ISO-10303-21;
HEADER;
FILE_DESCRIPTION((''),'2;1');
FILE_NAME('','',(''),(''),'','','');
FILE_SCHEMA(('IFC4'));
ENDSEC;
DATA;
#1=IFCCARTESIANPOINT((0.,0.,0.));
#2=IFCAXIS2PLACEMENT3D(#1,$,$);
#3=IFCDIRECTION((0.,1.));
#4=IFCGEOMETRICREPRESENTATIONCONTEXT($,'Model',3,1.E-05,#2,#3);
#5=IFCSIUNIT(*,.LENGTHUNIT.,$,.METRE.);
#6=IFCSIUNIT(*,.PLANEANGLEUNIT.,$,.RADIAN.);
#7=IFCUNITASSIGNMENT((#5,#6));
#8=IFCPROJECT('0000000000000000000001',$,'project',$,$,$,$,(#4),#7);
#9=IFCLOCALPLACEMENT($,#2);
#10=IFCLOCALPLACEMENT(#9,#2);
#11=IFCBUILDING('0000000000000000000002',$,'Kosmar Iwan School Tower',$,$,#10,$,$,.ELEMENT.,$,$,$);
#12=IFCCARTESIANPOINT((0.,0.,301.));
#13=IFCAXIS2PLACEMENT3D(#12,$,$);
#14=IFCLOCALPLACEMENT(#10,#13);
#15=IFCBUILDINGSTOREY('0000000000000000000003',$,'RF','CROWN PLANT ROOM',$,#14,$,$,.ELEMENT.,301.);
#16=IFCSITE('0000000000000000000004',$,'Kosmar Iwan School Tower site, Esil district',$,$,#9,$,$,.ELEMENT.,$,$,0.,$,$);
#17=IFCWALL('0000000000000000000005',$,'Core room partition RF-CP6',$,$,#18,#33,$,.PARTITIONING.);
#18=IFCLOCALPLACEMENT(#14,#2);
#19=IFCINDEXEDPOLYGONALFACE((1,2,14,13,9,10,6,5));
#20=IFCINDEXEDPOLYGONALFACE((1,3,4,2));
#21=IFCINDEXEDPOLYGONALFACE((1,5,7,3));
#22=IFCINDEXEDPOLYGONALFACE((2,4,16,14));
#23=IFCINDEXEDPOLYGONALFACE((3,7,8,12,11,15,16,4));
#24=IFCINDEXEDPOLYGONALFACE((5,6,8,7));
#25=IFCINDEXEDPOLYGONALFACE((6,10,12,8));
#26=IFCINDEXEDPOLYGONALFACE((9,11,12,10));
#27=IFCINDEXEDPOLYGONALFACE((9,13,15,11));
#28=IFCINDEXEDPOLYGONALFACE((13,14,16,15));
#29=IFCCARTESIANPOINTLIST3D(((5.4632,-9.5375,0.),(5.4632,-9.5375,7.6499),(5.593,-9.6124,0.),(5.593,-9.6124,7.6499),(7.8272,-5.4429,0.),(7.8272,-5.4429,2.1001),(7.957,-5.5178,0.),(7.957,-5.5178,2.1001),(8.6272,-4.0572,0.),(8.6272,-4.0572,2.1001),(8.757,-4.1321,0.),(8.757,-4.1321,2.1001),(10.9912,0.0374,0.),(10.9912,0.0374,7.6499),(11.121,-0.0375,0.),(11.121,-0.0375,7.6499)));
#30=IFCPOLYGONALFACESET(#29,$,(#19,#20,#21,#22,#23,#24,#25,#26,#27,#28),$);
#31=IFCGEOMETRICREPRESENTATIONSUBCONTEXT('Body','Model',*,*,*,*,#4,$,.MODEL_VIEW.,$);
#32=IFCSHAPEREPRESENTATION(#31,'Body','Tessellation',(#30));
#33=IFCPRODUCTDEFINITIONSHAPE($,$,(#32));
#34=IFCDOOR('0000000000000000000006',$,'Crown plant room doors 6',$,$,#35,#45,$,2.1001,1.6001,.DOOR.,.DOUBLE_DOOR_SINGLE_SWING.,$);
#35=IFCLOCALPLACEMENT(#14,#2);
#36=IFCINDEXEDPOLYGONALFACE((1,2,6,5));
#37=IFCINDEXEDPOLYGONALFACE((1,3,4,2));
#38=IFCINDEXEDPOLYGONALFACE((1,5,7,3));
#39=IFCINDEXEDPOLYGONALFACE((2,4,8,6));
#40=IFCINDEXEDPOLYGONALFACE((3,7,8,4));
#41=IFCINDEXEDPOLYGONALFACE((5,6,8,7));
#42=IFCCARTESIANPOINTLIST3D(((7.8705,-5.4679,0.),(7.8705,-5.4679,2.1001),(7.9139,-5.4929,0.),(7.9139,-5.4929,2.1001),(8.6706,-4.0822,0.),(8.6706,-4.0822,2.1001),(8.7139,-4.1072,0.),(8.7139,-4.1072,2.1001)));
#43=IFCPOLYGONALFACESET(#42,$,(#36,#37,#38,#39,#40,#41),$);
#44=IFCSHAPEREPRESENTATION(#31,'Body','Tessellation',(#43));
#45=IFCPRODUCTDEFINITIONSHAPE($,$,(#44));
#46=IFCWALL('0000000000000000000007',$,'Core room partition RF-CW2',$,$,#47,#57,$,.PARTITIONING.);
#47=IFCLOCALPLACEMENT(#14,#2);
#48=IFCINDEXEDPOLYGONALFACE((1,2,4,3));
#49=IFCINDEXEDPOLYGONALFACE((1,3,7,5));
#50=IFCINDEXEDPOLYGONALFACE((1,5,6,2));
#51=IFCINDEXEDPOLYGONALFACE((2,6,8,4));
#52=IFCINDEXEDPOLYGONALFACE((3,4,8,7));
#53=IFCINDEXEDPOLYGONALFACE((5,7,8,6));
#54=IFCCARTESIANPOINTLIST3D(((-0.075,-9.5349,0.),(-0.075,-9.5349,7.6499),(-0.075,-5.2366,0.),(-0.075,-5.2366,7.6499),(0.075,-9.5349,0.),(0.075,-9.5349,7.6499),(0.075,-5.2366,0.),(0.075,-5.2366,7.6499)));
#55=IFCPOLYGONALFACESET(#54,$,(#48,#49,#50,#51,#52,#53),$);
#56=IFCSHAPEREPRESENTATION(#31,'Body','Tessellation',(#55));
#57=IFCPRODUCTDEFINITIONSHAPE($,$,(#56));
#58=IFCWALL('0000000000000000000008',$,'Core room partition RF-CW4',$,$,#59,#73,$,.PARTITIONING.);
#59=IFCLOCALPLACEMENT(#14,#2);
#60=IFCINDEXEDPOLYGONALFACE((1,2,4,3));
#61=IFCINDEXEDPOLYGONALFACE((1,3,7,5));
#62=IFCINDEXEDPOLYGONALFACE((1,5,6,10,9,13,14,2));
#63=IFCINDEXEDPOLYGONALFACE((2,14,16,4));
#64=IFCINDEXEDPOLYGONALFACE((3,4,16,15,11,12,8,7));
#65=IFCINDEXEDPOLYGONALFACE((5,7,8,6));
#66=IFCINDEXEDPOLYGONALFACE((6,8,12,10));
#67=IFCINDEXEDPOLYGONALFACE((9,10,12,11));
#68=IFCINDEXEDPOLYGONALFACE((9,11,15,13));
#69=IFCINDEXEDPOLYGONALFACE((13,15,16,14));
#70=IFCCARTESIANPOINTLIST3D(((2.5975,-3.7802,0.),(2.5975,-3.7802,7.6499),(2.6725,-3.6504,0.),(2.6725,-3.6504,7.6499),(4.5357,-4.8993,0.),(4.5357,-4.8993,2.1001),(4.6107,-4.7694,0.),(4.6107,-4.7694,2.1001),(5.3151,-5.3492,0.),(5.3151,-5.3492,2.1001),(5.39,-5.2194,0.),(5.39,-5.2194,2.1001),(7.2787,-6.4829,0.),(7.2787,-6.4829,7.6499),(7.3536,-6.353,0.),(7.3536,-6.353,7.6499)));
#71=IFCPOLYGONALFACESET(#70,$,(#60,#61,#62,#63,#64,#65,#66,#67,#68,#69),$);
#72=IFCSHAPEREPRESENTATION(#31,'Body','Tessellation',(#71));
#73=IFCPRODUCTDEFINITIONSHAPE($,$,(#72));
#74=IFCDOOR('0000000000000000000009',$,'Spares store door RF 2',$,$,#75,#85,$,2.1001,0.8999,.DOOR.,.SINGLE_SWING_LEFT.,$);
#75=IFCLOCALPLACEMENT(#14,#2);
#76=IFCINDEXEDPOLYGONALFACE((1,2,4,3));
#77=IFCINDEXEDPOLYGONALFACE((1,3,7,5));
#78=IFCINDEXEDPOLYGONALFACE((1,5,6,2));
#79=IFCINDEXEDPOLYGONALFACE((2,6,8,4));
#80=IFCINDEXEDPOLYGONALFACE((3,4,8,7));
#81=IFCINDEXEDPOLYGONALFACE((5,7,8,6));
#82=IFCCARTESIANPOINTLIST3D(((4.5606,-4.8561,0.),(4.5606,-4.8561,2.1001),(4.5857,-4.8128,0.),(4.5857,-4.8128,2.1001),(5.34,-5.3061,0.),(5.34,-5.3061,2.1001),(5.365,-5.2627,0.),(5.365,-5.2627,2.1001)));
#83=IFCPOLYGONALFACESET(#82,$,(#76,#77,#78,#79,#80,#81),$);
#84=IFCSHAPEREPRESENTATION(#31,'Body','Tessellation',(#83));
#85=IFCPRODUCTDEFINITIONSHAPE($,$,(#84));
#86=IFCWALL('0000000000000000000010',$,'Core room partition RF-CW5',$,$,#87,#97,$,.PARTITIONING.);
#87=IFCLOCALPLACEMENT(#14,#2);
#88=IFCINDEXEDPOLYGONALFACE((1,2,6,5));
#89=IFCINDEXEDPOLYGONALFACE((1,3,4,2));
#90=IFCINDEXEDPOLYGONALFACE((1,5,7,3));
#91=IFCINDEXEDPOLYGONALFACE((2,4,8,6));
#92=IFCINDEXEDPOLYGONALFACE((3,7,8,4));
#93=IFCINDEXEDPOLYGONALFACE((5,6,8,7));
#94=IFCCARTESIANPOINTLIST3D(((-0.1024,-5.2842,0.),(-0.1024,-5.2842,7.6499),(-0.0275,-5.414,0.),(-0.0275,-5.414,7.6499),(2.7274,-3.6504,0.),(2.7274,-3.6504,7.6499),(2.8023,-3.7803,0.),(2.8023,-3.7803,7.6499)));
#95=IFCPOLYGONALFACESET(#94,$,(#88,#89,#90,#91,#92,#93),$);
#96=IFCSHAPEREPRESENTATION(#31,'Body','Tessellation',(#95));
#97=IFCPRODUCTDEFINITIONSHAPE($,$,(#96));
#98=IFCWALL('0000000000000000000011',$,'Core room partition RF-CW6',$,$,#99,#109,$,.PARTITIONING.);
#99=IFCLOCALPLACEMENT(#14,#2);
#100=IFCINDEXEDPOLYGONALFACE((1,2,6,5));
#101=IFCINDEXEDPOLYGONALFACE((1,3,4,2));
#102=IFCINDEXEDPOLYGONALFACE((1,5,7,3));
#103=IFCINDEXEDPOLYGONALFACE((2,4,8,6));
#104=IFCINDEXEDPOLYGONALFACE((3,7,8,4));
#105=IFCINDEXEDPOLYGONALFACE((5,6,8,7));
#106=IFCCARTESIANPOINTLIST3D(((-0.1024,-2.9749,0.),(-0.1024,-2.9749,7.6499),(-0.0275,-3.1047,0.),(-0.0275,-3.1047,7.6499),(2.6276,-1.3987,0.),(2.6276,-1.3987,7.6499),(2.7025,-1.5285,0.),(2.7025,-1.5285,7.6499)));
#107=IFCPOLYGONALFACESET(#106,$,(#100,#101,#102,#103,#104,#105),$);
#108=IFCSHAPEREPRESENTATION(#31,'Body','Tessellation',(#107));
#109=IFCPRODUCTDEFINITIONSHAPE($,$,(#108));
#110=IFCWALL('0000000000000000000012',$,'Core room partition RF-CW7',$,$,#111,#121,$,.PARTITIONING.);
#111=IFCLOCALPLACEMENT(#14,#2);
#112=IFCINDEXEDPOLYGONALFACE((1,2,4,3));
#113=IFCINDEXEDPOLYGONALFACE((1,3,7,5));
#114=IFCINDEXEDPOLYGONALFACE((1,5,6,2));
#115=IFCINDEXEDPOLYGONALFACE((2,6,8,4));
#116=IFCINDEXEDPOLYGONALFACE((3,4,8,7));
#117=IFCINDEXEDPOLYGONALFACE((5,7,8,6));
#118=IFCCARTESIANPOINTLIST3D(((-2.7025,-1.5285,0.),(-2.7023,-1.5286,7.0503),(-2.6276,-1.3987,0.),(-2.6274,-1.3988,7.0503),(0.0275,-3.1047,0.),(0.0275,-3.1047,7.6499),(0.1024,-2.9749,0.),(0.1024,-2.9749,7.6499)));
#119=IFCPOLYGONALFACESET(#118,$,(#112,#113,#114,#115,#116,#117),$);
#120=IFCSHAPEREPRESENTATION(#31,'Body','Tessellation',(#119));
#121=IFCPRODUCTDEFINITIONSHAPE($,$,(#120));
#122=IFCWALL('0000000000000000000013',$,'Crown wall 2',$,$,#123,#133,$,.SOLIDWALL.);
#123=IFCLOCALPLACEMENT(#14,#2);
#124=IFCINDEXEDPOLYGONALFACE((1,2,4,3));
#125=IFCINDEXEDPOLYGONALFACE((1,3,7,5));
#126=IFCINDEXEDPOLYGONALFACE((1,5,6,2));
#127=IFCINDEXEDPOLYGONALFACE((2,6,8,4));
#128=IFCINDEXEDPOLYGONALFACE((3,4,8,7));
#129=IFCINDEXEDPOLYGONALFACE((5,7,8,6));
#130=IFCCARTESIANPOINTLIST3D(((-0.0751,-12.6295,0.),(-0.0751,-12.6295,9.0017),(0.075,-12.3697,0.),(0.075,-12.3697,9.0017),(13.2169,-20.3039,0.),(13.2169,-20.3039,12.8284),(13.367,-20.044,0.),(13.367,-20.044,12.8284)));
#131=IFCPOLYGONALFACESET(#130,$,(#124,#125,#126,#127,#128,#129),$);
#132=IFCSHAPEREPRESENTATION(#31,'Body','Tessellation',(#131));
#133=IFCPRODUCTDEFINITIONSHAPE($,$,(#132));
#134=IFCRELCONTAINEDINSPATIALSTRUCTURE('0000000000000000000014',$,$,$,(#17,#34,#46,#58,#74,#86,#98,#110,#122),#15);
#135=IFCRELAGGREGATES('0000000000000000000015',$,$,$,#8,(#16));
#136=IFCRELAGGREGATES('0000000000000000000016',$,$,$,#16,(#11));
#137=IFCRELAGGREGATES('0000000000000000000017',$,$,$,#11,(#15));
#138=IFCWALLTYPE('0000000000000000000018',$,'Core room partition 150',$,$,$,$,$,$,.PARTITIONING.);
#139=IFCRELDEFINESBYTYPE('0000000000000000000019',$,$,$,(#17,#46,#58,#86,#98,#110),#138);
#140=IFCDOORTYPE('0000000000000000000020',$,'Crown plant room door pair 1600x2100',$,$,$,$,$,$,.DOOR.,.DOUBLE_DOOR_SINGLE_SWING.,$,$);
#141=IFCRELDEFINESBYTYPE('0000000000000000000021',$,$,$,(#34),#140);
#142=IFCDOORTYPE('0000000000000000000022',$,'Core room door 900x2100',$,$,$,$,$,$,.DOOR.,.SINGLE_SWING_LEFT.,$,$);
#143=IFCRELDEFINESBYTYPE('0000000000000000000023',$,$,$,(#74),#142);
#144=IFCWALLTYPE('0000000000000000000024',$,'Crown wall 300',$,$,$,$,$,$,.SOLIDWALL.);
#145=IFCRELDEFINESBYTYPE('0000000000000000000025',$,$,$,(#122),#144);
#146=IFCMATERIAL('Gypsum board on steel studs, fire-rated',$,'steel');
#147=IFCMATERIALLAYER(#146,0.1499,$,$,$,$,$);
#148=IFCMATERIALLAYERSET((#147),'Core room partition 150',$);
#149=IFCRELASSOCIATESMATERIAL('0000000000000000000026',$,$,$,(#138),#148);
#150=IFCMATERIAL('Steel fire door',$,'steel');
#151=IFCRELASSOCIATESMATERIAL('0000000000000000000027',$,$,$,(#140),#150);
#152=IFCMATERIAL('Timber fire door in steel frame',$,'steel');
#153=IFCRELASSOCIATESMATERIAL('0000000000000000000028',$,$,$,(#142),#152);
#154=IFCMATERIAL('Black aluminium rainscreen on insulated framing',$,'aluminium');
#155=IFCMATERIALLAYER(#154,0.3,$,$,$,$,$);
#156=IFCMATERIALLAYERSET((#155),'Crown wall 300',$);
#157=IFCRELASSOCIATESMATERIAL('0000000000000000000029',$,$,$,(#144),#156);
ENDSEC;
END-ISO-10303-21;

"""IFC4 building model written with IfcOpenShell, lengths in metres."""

from ifc_helpers import new_model, si_unit, direction, frame, frame_2d, origin, place, context, subcontext, project, spatial, polyline, rectangle, outline, extrude, material, layer, layer_set, type_object, element, fill, save


model = new_model("IFC4")

# Units and contexts
model_context = context("Model", 3, precision=1e-05, world=origin(), true_north=direction((0.0, 1.0)))
body_context = subcontext(model_context, "Body", "Model", "MODEL_VIEW")
ifc_project = project(units=[si_unit("LENGTHUNIT", "METRE"), si_unit("PLANEANGLEUNIT", "RADIAN")], contexts=[model_context])

# Site, building, storey
site_placement = place(None, origin())
site = spatial("IfcSite", under=ifc_project, at=site_placement, Name="Kosmar Iwan School Tower site, Esil district", CompositionType="ELEMENT", RefElevation=0.0)
building_placement = place(site_placement, origin())
building = spatial("IfcBuilding", under=site, at=building_placement, Name="Kosmar Iwan School Tower", CompositionType="ELEMENT")
storey_placement = place(building_placement, frame((0.0, 0.0, 301.0)))
storey = spatial("IfcBuildingStorey", under=building, at=storey_placement, Name="RF", Description="CROWN PLANT ROOM", CompositionType="ELEMENT", Elevation=301.0)

# Wall, opening, door
ifc_material_1 = material(Name="Gypsum board on steel studs, fire-rated", Category="steel")
ifc_layer_1 = layer(ifc_material_1, 0.1499)
ifc_layer_set_1 = layer_set([ifc_layer_1], Name="Core room partition 150")
wall_type_1 = type_object("IfcWallType", Name="Core room partition 150", PredefinedType="PARTITIONING", material=ifc_layer_set_1)
wall_1_placement = place(storey_placement, frame((5.5281, -9.575, 0.0), z_axis=(0.0, 0.0, 1.0), x_axis=(0.499998, 0.866026, 0.0)))
wall_1 = element("IfcWall", 1, at=wall_1_placement, inside=storey, type_object=wall_type_1, Name="Core room partition RF-CP6", PredefinedType="PARTITIONING", context=body_context, shape_type="SweptSolid", body=[
    extrude(rectangle(XDim=11.0562, YDim=0.1499, at=frame_2d((5.5281, 0.0))), origin(), (0.0, 0.0, 1.0), 7.6499),
])
opening_1_placement = place(wall_1_placement, frame((4.728, 0.0, 0.0)))
opening_1 = element("IfcOpeningElement", 2, at=opening_1_placement, cuts=wall_1, PredefinedType="OPENING", context=body_context, shape_type="SweptSolid", body=[
    extrude(rectangle(XDim=1.6001, YDim=2.1001, at=frame_2d((0.8, 1.05))), frame((0.0, 0.0869, 0.0), z_axis=(0.0, -1.0, 0.0), x_axis=(1.0, 0.0, 0.0)), (0.0, 0.0, 1.0), 0.1738),
])
ifc_material_2 = material(Name="Steel fire door", Category="steel")
door_type_1 = type_object("IfcDoorType", Name="Crown plant room door pair 1600x2100", OperationType="DOUBLE_DOOR_SINGLE_SWING", PredefinedType="DOOR", material=ifc_material_2)
door_1_placement = place(opening_1_placement, origin())
door_1 = element("IfcDoor", 3, at=door_1_placement, inside=storey, type_object=door_type_1, Name="Crown plant room doors 6", OperationType="DOUBLE_DOOR_SINGLE_SWING", OverallHeight=2.1001, OverallWidth=1.6001, PredefinedType="DOOR", context=body_context, shape_type="SweptSolid", body=[
    extrude(rectangle(XDim=1.6001, YDim=2.1001, at=frame_2d((0.8, 1.05))), frame((0.0, 0.0249, 0.0), z_axis=(0.0, -1.0, 0.0), x_axis=(1.0, 0.0, 0.0)), (0.0, 0.0, 1.0), 0.05),
])
fill(opening_1, door_1)

# Wall
wall_2_placement = place(storey_placement, frame((0.0, -5.2366, 0.0), z_axis=(0.0, 0.0, 1.0), x_axis=(0.0, -1.0, 0.0)))
element("IfcWall", 4, at=wall_2_placement, inside=storey, type_object=wall_type_1, Name="Core room partition RF-CW2", PredefinedType="PARTITIONING", context=body_context, shape_type="SweptSolid", body=[
    extrude(rectangle(XDim=4.2983, YDim=0.1499, at=frame_2d((2.1492, 0.0))), origin(), (0.0, 0.0, 1.0), 7.6499),
])

# Wall, opening, door
wall_3_placement = place(storey_placement, frame((2.635, -3.7153, 0.0), z_axis=(0.0, 0.0, 1.0), x_axis=(0.866028, -0.499996, 0.0)))
wall_3 = element("IfcWall", 5, at=wall_3_placement, inside=storey, type_object=wall_type_1, Name="Core room partition RF-CW4", PredefinedType="PARTITIONING", context=body_context, shape_type="SweptSolid", body=[
    extrude(rectangle(XDim=5.4053, YDim=0.1499, at=frame_2d((2.7026, 0.0))), origin(), (0.0, 0.0, 1.0), 7.6499),
])
opening_2_placement = place(wall_3_placement, frame((2.238, 0.0, 0.0)))
opening_2 = element("IfcOpeningElement", 6, at=opening_2_placement, cuts=wall_3, PredefinedType="OPENING", context=body_context, shape_type="SweptSolid", body=[
    extrude(rectangle(XDim=0.8999, YDim=2.1001, at=frame_2d((0.45, 1.05))), frame((0.0, 0.0869, 0.0), z_axis=(0.0, -1.0, 0.0), x_axis=(1.0, 0.0, 0.0)), (0.0, 0.0, 1.0), 0.1738),
])
ifc_material_3 = material(Name="Timber fire door in steel frame", Category="steel")
door_type_2 = type_object("IfcDoorType", Name="Core room door 900x2100", OperationType="SINGLE_SWING_LEFT", PredefinedType="DOOR", material=ifc_material_3)
door_2_placement = place(opening_2_placement, origin())
door_2 = element("IfcDoor", 7, at=door_2_placement, inside=storey, type_object=door_type_2, Name="Spares store door RF 2", OperationType="SINGLE_SWING_LEFT", OverallHeight=2.1001, OverallWidth=0.8999, PredefinedType="DOOR", context=body_context, shape_type="SweptSolid", body=[
    extrude(rectangle(XDim=0.8999, YDim=2.1001, at=frame_2d((0.45, 1.05))), frame((0.0, 0.0249, 0.0), z_axis=(0.0, -1.0, 0.0), x_axis=(1.0, 0.0, 0.0)), (0.0, 0.0, 1.0), 0.05),
])
fill(opening_2, door_2)

# Walls
wall_4_placement = place(storey_placement, frame((-0.0649, -5.3491, 0.0), z_axis=(0.0, 0.0, 1.0), x_axis=(0.866028, 0.499996, 0.0)))
element("IfcWall", 8, at=wall_4_placement, inside=storey, type_object=wall_type_1, Name="Core room partition RF-CW5", PredefinedType="PARTITIONING", context=body_context, shape_type="SweptSolid", body=[
    extrude(rectangle(XDim=3.2676, YDim=0.1499, at=frame_2d((1.6338, 0.0))), origin(), (0.0, 0.0, 1.0), 7.6499),
])
wall_5_placement = place(storey_placement, frame((2.665, -1.4636, 0.0), z_axis=(0.0, 0.0, 1.0), x_axis=(-0.866023, -0.500004, 0.0)))
element("IfcWall", 9, at=wall_5_placement, inside=storey, type_object=wall_type_1, Name="Core room partition RF-CW6", PredefinedType="PARTITIONING", context=body_context, shape_type="SweptSolid", body=[
    extrude(rectangle(XDim=3.1523, YDim=0.1499, at=frame_2d((1.5762, 0.0))), origin(), (0.0, 0.0, 1.0), 7.6499),
])
wall_6_placement = place(storey_placement, frame((0.0649, -3.0398, 0.0), z_axis=(0.0, 0.0, 1.0), x_axis=(-0.866023, 0.500004, 0.0)))
element("IfcWall", 10, at=wall_6_placement, inside=storey, type_object=wall_type_1, Name="Core room partition RF-CW7", PredefinedType="PARTITIONING", context=body_context, shape_type="SweptSolid", body=[
    extrude(outline(polyline([(0.0, 0.0), (3.1523, 0.0), (3.1521, 7.0503), (0.0, 7.6499), (0.0, 0.0)])), frame((0.0, 0.075, 0.0), z_axis=(0.0, -1.0, 0.0), x_axis=(1.0, 0.0, 0.0)), (0.0, 0.0, 1.0), 0.1499),
])
ifc_material_4 = material(Name="Black aluminium rainscreen on insulated framing", Category="aluminium")
ifc_layer_2 = layer(ifc_material_4, 0.3)
ifc_layer_set_2 = layer_set([ifc_layer_2], Name="Crown wall 300")
wall_type_2 = type_object("IfcWallType", Name="Crown wall 300", PredefinedType="SOLIDWALL", material=ifc_layer_set_2)
wall_7_placement = place(storey_placement, frame((0.0, -12.4995, 0.0), z_axis=(0.0, 0.0, 1.0), x_axis=(0.86602, -0.500009, 0.0)))
element("IfcWall", 11, at=wall_7_placement, inside=storey, type_object=wall_type_2, Name="Crown wall 2", PredefinedType="SOLIDWALL", context=body_context, shape_type="SweptSolid", body=[
    extrude(outline(polyline([(0.0, 0.0), (15.3484, 0.0), (15.3484, 12.8284), (0.0, 9.0017), (0.0, 0.0)])), frame((0.0, 0.1499, 0.0), z_axis=(0.0, -1.0, 0.0), x_axis=(1.0, 0.0, 0.0)), (0.0, 0.0, 1.0), 0.3),
])

save(model, "model.ifc")
